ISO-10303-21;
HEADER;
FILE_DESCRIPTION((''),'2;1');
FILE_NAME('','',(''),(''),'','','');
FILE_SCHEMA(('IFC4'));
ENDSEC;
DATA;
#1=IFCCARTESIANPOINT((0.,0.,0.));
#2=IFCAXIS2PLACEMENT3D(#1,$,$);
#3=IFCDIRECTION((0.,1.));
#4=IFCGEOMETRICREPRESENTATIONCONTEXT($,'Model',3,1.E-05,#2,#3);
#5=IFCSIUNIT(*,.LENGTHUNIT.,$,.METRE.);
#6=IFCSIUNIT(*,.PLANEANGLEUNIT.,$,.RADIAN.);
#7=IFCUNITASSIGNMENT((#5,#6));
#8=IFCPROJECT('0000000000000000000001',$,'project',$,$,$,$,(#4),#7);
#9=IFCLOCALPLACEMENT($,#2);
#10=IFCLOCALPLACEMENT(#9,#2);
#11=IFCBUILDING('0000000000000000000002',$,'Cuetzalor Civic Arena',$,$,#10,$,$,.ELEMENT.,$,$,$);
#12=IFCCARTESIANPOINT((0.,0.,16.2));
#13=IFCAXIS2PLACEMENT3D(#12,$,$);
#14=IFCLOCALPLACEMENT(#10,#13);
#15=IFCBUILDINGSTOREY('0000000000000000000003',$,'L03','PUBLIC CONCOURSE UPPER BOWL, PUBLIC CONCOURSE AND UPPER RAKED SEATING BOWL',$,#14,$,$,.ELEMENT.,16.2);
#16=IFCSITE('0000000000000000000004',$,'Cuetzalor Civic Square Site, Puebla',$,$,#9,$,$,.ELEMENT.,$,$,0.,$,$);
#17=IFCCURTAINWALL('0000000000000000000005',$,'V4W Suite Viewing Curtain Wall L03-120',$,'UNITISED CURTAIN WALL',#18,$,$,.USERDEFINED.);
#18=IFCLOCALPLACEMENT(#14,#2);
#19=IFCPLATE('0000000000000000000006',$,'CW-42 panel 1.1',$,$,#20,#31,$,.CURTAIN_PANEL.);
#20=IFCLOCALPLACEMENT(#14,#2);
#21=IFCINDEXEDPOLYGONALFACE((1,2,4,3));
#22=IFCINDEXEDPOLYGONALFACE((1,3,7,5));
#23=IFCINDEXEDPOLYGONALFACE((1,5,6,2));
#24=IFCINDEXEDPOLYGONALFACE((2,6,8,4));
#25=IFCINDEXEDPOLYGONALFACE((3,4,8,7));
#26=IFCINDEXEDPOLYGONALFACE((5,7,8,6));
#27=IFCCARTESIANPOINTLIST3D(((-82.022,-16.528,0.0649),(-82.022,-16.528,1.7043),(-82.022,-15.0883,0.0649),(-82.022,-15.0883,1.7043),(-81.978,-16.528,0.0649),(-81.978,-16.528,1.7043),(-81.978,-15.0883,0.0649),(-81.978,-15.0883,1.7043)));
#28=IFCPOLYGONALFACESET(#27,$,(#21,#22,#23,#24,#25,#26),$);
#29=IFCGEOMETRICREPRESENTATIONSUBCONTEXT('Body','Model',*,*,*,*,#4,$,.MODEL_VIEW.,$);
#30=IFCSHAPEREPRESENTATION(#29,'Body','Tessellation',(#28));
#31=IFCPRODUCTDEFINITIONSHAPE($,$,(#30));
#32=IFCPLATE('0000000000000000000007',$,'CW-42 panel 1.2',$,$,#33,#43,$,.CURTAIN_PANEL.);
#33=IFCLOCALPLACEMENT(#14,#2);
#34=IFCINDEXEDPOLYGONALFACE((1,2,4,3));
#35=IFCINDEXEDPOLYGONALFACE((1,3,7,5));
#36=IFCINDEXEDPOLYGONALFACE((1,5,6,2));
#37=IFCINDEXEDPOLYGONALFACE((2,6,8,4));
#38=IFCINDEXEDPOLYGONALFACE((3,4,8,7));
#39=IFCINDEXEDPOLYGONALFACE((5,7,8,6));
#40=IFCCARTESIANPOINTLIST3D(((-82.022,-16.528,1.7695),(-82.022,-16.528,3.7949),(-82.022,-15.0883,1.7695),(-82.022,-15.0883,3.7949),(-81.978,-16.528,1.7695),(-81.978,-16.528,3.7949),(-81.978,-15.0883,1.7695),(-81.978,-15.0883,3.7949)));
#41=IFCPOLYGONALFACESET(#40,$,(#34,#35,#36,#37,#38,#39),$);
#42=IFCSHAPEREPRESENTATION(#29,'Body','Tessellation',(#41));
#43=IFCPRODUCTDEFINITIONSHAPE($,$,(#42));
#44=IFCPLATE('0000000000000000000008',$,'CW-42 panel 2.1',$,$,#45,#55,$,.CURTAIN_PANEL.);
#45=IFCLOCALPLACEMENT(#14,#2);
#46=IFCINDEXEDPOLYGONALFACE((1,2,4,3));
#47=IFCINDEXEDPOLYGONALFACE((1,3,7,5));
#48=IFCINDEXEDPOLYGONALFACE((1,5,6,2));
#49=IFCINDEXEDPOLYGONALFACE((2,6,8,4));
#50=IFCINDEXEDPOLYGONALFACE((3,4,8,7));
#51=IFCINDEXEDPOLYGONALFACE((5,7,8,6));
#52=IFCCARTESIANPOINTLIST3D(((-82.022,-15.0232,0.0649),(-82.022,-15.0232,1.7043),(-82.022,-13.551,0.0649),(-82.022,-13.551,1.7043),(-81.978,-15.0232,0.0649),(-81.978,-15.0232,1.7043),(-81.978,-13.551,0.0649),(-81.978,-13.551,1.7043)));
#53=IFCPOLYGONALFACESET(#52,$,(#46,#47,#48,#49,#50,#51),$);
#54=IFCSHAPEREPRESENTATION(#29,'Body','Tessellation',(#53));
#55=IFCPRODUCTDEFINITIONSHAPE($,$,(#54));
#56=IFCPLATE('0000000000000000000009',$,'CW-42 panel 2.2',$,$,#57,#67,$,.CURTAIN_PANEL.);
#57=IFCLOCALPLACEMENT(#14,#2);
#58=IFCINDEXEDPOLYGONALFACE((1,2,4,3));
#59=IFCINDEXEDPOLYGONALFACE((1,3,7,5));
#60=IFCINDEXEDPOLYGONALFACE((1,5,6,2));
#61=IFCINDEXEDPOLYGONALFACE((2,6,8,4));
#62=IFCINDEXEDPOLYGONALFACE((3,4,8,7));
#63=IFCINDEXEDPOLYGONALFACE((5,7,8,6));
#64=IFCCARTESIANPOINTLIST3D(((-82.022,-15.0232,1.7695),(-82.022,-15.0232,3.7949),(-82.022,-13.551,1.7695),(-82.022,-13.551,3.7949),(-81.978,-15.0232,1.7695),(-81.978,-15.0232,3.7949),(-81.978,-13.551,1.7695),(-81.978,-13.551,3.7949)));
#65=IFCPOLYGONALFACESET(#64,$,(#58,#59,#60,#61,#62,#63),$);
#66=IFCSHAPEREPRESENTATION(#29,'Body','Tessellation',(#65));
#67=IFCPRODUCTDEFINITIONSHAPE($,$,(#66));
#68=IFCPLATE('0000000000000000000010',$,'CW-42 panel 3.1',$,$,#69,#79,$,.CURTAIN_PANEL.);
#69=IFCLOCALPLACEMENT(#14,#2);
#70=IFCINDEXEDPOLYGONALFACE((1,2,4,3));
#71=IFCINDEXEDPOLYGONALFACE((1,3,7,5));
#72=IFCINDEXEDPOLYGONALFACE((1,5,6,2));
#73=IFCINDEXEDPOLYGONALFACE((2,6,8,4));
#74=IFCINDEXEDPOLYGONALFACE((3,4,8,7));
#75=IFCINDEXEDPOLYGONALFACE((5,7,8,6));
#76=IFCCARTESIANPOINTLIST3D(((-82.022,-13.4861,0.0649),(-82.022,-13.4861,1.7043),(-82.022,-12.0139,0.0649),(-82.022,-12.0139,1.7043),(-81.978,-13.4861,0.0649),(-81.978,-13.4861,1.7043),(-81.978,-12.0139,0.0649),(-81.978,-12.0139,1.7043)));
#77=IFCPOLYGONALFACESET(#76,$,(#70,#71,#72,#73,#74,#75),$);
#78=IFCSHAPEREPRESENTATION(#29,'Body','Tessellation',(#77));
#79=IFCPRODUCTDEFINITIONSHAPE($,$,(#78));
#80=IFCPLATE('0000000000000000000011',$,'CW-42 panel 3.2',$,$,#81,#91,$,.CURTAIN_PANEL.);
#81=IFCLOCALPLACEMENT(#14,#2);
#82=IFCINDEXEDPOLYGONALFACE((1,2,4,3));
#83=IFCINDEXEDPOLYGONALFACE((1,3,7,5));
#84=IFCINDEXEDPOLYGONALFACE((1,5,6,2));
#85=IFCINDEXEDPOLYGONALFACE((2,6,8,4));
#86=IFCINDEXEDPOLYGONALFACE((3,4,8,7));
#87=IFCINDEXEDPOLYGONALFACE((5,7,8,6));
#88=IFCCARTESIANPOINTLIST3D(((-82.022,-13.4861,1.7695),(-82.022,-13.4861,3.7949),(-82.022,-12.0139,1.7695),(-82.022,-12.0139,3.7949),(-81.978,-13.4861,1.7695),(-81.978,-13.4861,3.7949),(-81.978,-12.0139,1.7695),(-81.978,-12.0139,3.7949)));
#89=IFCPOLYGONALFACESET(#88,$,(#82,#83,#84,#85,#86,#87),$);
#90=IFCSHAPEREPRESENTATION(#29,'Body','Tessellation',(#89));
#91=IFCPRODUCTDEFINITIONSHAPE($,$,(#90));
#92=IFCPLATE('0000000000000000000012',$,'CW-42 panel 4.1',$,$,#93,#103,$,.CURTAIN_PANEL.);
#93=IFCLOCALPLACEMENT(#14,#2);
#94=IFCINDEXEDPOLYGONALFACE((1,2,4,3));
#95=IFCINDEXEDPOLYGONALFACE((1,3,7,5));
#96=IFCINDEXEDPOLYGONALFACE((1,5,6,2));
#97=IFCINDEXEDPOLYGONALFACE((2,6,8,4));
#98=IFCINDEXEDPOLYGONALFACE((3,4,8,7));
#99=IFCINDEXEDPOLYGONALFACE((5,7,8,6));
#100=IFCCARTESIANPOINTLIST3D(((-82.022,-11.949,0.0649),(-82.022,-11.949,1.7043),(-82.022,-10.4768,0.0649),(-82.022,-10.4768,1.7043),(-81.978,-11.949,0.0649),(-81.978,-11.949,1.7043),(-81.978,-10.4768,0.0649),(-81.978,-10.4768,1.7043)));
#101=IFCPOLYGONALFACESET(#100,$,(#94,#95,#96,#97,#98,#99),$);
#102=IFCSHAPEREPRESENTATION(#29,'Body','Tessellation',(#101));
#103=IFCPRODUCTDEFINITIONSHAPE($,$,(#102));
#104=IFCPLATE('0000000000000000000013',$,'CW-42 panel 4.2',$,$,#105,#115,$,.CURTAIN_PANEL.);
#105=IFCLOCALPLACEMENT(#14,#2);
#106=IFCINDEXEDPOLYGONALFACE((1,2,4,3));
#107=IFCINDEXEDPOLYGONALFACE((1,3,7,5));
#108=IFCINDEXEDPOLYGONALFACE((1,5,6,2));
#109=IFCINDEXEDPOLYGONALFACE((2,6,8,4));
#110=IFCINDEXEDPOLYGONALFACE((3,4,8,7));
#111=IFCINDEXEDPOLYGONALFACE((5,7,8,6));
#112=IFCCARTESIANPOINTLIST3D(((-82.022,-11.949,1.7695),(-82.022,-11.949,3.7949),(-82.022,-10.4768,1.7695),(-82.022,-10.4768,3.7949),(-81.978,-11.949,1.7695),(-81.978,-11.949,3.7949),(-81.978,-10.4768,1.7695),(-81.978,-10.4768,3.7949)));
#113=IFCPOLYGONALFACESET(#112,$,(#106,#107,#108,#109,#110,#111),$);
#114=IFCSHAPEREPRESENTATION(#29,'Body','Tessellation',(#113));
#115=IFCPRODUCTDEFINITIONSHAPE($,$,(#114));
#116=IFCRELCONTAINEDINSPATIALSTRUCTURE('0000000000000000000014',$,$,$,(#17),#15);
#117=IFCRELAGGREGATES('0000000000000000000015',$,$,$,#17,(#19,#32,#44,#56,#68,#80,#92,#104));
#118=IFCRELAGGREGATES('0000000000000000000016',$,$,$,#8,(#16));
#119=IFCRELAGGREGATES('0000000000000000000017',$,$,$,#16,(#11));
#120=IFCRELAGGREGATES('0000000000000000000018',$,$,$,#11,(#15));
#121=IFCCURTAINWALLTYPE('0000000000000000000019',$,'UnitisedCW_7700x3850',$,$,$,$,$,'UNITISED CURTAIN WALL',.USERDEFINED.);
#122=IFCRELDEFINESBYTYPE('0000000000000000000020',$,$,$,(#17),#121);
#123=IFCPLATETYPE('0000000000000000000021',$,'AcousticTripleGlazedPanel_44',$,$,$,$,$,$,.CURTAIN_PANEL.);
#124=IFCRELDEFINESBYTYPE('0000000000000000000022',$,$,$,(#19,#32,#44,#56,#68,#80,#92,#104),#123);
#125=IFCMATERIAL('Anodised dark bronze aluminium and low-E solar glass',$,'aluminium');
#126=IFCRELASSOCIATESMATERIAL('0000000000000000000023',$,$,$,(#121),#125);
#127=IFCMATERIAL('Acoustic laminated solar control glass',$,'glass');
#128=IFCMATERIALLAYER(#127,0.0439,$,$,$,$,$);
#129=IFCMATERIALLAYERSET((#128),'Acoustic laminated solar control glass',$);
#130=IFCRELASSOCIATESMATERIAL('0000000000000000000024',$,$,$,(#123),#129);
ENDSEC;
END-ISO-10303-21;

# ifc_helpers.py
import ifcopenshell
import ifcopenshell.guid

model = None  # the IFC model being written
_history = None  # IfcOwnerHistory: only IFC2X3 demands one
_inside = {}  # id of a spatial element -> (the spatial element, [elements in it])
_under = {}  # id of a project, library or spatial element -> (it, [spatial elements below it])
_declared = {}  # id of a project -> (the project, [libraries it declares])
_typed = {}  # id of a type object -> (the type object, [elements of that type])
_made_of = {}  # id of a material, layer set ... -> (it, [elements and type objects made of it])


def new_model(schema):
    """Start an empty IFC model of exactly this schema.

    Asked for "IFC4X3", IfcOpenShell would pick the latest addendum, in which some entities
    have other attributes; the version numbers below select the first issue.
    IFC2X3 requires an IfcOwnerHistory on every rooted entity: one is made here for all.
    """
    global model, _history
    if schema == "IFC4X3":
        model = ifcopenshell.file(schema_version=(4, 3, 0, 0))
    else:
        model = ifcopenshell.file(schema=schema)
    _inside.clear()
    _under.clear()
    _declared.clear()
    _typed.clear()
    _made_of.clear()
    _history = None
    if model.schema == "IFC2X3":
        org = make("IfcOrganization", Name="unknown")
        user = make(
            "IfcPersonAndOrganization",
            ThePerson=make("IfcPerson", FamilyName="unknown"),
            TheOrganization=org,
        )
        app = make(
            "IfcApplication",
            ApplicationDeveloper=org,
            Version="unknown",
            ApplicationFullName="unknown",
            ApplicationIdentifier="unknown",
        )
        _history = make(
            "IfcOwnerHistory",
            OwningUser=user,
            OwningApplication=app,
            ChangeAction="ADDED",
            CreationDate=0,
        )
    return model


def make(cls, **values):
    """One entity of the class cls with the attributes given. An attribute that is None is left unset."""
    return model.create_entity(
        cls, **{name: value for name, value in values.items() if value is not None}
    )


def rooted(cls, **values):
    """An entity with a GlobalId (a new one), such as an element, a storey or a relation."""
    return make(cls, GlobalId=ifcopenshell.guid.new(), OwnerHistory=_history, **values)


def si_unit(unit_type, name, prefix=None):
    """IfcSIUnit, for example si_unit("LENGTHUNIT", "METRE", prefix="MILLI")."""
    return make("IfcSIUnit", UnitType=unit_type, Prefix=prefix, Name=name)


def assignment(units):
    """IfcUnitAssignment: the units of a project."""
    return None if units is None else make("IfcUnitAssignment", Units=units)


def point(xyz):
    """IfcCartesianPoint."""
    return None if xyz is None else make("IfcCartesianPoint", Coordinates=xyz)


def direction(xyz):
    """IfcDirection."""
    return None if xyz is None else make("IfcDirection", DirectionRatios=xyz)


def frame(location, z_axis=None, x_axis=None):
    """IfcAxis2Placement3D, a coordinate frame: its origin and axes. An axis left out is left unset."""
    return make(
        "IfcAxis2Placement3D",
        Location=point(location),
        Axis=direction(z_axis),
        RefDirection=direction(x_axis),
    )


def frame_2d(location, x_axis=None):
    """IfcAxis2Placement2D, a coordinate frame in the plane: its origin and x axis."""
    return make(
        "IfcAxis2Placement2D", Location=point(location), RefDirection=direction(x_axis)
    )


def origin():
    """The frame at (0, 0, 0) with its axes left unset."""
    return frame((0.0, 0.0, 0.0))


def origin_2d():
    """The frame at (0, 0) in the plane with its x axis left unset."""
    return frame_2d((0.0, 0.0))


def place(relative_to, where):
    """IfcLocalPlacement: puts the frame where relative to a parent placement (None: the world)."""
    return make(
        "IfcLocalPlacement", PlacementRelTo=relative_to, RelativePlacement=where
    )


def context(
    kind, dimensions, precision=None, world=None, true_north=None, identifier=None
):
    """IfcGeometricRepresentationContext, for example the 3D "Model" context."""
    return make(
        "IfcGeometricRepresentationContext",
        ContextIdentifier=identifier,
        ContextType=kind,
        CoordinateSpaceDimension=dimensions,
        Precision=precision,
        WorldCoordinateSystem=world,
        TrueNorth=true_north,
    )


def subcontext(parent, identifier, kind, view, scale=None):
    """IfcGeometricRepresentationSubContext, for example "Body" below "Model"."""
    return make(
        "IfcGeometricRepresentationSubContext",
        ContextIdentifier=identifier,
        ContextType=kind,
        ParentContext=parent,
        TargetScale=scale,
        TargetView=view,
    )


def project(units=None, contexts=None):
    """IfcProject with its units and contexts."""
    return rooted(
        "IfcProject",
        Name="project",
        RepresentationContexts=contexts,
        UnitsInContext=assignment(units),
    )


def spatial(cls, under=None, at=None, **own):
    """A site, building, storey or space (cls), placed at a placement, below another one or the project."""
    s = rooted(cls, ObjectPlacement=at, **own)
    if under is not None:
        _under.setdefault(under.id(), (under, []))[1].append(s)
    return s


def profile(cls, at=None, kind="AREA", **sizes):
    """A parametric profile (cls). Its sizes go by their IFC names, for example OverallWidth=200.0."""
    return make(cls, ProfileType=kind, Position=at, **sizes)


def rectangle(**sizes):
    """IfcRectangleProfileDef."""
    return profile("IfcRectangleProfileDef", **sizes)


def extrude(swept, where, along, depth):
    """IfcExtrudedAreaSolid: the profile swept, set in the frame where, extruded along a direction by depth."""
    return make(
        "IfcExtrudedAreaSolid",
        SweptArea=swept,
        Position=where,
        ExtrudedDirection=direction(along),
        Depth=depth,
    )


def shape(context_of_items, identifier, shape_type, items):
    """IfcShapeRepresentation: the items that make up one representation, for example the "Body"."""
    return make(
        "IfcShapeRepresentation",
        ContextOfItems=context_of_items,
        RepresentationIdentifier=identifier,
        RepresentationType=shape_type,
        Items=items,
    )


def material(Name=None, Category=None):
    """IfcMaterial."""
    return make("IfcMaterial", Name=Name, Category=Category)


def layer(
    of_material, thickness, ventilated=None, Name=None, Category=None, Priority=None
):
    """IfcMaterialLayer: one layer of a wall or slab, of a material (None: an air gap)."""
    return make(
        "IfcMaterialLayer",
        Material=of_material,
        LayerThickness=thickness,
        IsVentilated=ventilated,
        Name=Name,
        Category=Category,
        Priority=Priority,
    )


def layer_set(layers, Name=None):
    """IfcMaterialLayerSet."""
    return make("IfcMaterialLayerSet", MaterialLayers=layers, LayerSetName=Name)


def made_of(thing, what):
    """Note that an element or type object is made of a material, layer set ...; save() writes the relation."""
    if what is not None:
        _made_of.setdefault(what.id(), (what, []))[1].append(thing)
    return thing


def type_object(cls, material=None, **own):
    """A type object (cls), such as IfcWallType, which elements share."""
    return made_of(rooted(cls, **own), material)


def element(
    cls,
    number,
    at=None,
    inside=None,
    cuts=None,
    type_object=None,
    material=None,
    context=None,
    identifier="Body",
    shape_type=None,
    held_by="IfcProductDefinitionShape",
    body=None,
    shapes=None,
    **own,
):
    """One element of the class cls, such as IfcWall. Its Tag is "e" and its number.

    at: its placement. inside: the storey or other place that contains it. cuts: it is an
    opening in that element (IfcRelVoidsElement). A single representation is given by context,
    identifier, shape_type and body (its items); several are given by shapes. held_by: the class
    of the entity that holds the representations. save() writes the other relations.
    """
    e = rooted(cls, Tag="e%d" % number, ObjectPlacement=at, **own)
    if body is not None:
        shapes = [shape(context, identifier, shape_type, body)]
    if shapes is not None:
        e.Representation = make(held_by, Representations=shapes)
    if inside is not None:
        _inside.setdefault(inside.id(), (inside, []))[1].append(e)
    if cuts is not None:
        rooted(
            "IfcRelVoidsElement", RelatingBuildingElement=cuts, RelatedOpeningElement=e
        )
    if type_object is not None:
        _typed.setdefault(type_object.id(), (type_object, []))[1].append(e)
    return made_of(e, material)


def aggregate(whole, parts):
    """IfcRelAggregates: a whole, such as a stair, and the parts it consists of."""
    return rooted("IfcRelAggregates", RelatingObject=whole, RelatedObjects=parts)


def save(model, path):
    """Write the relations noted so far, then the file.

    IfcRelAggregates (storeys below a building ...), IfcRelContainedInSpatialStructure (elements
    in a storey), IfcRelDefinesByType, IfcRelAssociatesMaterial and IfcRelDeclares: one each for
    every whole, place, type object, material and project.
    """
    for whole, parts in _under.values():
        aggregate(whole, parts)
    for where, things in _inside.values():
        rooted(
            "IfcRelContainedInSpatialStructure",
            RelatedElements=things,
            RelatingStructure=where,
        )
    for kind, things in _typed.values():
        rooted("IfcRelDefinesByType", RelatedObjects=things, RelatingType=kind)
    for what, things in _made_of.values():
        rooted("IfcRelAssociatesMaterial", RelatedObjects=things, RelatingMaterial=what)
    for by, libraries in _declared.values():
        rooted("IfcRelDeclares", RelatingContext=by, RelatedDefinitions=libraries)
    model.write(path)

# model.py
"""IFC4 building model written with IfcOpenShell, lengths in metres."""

from ifc_helpers import new_model, si_unit, direction, frame, origin, origin_2d, place, context, subcontext, project, spatial, rectangle, extrude, material, layer, layer_set, type_object, element, aggregate, save


model = new_model("IFC4")

# Units and contexts
model_context = context("Model", 3, precision=1e-05, world=origin(), true_north=direction((0.0, 1.0)))
body_context = subcontext(model_context, "Body", "Model", "MODEL_VIEW")
ifc_project = project(units=[si_unit("LENGTHUNIT", "METRE"), si_unit("PLANEANGLEUNIT", "RADIAN")], contexts=[model_context])

# Site, building, storey
site_placement = place(None, origin())
site = spatial("IfcSite", under=ifc_project, at=site_placement, Name="Cuetzalor Civic Square Site, Puebla", CompositionType="ELEMENT", RefElevation=0.0)
building_placement = place(site_placement, origin())
building = spatial("IfcBuilding", under=site, at=building_placement, Name="Cuetzalor Civic Arena", CompositionType="ELEMENT")
storey_placement = place(building_placement, frame((0.0, 0.0, 16.2)))
storey = spatial("IfcBuildingStorey", under=building, at=storey_placement, Name="L03", Description="PUBLIC CONCOURSE UPPER BOWL, PUBLIC CONCOURSE AND UPPER RAKED SEATING BOWL", CompositionType="ELEMENT", Elevation=16.2)

# Curtain wall, plates
ifc_material_1 = material(Name="Anodised dark bronze aluminium and low-E solar glass", Category="aluminium")
curtain_wall_type = type_object("IfcCurtainWallType", Name="UnitisedCW_7700x3850", ElementType="UNITISED CURTAIN WALL", PredefinedType="USERDEFINED", material=ifc_material_1)
curtain_wall_placement = place(storey_placement, origin())
curtain_wall = element("IfcCurtainWall", 1, at=curtain_wall_placement, inside=storey, type_object=curtain_wall_type, Name="V4W Suite Viewing Curtain Wall L03-120", ObjectType="UNITISED CURTAIN WALL", PredefinedType="USERDEFINED")
ifc_material_2 = material(Name="Acoustic laminated solar control glass", Category="glass")
ifc_layer = layer(ifc_material_2, 0.0439)
ifc_layer_set = layer_set([ifc_layer], Name="Acoustic laminated solar control glass")
plate_type = type_object("IfcPlateType", Name="AcousticTripleGlazedPanel_44", PredefinedType="CURTAIN_PANEL", material=ifc_layer_set)
plate_1_placement = place(storey_placement, frame((-82.0, -15.8081, 0.0649), z_axis=(0.0, 0.0, 1.0), x_axis=(0.0, 1.0, 0.0)))
plate_1 = element("IfcPlate", 2, at=plate_1_placement, type_object=plate_type, Name="CW-42 panel 1.1", PredefinedType="CURTAIN_PANEL", context=body_context, shape_type="SweptSolid", body=[
    extrude(rectangle(XDim=1.4397, YDim=0.0439, at=origin_2d()), origin(), (0.0, 0.0, 1.0), 1.6394),
])
plate_2_placement = place(storey_placement, frame((-82.0, -15.8081, 1.7695), z_axis=(0.0, 0.0, 1.0), x_axis=(0.0, 1.0, 0.0)))
plate_2 = element("IfcPlate", 3, at=plate_2_placement, type_object=plate_type, Name="CW-42 panel 1.2", PredefinedType="CURTAIN_PANEL", context=body_context, shape_type="SweptSolid", body=[
    extrude(rectangle(XDim=1.4397, YDim=0.0439, at=origin_2d()), origin(), (0.0, 0.0, 1.0), 2.0254),
])
plate_3_placement = place(storey_placement, frame((-82.0, -14.2871, 0.0649), z_axis=(0.0, 0.0, 1.0), x_axis=(0.0, 1.0, 0.0)))
plate_3 = element("IfcPlate", 4, at=plate_3_placement, type_object=plate_type, Name="CW-42 panel 2.1", PredefinedType="CURTAIN_PANEL", context=body_context, shape_type="SweptSolid", body=[
    extrude(rectangle(XDim=1.4722, YDim=0.0439, at=origin_2d()), origin(), (0.0, 0.0, 1.0), 1.6394),
])
plate_4_placement = place(storey_placement, frame((-82.0, -14.2871, 1.7695), z_axis=(0.0, 0.0, 1.0), x_axis=(0.0, 1.0, 0.0)))
plate_4 = element("IfcPlate", 5, at=plate_4_placement, type_object=plate_type, Name="CW-42 panel 2.2", PredefinedType="CURTAIN_PANEL", context=body_context, shape_type="SweptSolid", body=[
    extrude(rectangle(XDim=1.4722, YDim=0.0439, at=origin_2d()), origin(), (0.0, 0.0, 1.0), 2.0254),
])
plate_5_placement = place(storey_placement, frame((-82.0, -12.75, 0.0649), z_axis=(0.0, 0.0, 1.0), x_axis=(0.0, 1.0, 0.0)))
plate_5 = element("IfcPlate", 6, at=plate_5_placement, type_object=plate_type, Name="CW-42 panel 3.1", PredefinedType="CURTAIN_PANEL", context=body_context, shape_type="SweptSolid", body=[
    extrude(rectangle(XDim=1.4722, YDim=0.0439, at=origin_2d()), origin(), (0.0, 0.0, 1.0), 1.6394),
])
plate_6_placement = place(storey_placement, frame((-82.0, -12.75, 1.7695), z_axis=(0.0, 0.0, 1.0), x_axis=(0.0, 1.0, 0.0)))
plate_6 = element("IfcPlate", 7, at=plate_6_placement, type_object=plate_type, Name="CW-42 panel 3.2", PredefinedType="CURTAIN_PANEL", context=body_context, shape_type="SweptSolid", body=[
    extrude(rectangle(XDim=1.4722, YDim=0.0439, at=origin_2d()), origin(), (0.0, 0.0, 1.0), 2.0254),
])
plate_7_placement = place(storey_placement, frame((-82.0, -11.2129, 0.0649), z_axis=(0.0, 0.0, 1.0), x_axis=(0.0, 1.0, 0.0)))
plate_7 = element("IfcPlate", 8, at=plate_7_placement, type_object=plate_type, Name="CW-42 panel 4.1", PredefinedType="CURTAIN_PANEL", context=body_context, shape_type="SweptSolid", body=[
    extrude(rectangle(XDim=1.4722, YDim=0.0439, at=origin_2d()), origin(), (0.0, 0.0, 1.0), 1.6394),
])
plate_8_placement = place(storey_placement, frame((-82.0, -11.2129, 1.7695), z_axis=(0.0, 0.0, 1.0), x_axis=(0.0, 1.0, 0.0)))
plate_8 = element("IfcPlate", 9, at=plate_8_placement, type_object=plate_type, Name="CW-42 panel 4.2", PredefinedType="CURTAIN_PANEL", context=body_context, shape_type="SweptSolid", body=[
    extrude(rectangle(XDim=1.4722, YDim=0.0439, at=origin_2d()), origin(), (0.0, 0.0, 1.0), 2.0254),
])
aggregate(curtain_wall, [plate_1, plate_2, plate_3, plate_4, plate_5, plate_6, plate_7, plate_8])

save(model, "model.ifc")
